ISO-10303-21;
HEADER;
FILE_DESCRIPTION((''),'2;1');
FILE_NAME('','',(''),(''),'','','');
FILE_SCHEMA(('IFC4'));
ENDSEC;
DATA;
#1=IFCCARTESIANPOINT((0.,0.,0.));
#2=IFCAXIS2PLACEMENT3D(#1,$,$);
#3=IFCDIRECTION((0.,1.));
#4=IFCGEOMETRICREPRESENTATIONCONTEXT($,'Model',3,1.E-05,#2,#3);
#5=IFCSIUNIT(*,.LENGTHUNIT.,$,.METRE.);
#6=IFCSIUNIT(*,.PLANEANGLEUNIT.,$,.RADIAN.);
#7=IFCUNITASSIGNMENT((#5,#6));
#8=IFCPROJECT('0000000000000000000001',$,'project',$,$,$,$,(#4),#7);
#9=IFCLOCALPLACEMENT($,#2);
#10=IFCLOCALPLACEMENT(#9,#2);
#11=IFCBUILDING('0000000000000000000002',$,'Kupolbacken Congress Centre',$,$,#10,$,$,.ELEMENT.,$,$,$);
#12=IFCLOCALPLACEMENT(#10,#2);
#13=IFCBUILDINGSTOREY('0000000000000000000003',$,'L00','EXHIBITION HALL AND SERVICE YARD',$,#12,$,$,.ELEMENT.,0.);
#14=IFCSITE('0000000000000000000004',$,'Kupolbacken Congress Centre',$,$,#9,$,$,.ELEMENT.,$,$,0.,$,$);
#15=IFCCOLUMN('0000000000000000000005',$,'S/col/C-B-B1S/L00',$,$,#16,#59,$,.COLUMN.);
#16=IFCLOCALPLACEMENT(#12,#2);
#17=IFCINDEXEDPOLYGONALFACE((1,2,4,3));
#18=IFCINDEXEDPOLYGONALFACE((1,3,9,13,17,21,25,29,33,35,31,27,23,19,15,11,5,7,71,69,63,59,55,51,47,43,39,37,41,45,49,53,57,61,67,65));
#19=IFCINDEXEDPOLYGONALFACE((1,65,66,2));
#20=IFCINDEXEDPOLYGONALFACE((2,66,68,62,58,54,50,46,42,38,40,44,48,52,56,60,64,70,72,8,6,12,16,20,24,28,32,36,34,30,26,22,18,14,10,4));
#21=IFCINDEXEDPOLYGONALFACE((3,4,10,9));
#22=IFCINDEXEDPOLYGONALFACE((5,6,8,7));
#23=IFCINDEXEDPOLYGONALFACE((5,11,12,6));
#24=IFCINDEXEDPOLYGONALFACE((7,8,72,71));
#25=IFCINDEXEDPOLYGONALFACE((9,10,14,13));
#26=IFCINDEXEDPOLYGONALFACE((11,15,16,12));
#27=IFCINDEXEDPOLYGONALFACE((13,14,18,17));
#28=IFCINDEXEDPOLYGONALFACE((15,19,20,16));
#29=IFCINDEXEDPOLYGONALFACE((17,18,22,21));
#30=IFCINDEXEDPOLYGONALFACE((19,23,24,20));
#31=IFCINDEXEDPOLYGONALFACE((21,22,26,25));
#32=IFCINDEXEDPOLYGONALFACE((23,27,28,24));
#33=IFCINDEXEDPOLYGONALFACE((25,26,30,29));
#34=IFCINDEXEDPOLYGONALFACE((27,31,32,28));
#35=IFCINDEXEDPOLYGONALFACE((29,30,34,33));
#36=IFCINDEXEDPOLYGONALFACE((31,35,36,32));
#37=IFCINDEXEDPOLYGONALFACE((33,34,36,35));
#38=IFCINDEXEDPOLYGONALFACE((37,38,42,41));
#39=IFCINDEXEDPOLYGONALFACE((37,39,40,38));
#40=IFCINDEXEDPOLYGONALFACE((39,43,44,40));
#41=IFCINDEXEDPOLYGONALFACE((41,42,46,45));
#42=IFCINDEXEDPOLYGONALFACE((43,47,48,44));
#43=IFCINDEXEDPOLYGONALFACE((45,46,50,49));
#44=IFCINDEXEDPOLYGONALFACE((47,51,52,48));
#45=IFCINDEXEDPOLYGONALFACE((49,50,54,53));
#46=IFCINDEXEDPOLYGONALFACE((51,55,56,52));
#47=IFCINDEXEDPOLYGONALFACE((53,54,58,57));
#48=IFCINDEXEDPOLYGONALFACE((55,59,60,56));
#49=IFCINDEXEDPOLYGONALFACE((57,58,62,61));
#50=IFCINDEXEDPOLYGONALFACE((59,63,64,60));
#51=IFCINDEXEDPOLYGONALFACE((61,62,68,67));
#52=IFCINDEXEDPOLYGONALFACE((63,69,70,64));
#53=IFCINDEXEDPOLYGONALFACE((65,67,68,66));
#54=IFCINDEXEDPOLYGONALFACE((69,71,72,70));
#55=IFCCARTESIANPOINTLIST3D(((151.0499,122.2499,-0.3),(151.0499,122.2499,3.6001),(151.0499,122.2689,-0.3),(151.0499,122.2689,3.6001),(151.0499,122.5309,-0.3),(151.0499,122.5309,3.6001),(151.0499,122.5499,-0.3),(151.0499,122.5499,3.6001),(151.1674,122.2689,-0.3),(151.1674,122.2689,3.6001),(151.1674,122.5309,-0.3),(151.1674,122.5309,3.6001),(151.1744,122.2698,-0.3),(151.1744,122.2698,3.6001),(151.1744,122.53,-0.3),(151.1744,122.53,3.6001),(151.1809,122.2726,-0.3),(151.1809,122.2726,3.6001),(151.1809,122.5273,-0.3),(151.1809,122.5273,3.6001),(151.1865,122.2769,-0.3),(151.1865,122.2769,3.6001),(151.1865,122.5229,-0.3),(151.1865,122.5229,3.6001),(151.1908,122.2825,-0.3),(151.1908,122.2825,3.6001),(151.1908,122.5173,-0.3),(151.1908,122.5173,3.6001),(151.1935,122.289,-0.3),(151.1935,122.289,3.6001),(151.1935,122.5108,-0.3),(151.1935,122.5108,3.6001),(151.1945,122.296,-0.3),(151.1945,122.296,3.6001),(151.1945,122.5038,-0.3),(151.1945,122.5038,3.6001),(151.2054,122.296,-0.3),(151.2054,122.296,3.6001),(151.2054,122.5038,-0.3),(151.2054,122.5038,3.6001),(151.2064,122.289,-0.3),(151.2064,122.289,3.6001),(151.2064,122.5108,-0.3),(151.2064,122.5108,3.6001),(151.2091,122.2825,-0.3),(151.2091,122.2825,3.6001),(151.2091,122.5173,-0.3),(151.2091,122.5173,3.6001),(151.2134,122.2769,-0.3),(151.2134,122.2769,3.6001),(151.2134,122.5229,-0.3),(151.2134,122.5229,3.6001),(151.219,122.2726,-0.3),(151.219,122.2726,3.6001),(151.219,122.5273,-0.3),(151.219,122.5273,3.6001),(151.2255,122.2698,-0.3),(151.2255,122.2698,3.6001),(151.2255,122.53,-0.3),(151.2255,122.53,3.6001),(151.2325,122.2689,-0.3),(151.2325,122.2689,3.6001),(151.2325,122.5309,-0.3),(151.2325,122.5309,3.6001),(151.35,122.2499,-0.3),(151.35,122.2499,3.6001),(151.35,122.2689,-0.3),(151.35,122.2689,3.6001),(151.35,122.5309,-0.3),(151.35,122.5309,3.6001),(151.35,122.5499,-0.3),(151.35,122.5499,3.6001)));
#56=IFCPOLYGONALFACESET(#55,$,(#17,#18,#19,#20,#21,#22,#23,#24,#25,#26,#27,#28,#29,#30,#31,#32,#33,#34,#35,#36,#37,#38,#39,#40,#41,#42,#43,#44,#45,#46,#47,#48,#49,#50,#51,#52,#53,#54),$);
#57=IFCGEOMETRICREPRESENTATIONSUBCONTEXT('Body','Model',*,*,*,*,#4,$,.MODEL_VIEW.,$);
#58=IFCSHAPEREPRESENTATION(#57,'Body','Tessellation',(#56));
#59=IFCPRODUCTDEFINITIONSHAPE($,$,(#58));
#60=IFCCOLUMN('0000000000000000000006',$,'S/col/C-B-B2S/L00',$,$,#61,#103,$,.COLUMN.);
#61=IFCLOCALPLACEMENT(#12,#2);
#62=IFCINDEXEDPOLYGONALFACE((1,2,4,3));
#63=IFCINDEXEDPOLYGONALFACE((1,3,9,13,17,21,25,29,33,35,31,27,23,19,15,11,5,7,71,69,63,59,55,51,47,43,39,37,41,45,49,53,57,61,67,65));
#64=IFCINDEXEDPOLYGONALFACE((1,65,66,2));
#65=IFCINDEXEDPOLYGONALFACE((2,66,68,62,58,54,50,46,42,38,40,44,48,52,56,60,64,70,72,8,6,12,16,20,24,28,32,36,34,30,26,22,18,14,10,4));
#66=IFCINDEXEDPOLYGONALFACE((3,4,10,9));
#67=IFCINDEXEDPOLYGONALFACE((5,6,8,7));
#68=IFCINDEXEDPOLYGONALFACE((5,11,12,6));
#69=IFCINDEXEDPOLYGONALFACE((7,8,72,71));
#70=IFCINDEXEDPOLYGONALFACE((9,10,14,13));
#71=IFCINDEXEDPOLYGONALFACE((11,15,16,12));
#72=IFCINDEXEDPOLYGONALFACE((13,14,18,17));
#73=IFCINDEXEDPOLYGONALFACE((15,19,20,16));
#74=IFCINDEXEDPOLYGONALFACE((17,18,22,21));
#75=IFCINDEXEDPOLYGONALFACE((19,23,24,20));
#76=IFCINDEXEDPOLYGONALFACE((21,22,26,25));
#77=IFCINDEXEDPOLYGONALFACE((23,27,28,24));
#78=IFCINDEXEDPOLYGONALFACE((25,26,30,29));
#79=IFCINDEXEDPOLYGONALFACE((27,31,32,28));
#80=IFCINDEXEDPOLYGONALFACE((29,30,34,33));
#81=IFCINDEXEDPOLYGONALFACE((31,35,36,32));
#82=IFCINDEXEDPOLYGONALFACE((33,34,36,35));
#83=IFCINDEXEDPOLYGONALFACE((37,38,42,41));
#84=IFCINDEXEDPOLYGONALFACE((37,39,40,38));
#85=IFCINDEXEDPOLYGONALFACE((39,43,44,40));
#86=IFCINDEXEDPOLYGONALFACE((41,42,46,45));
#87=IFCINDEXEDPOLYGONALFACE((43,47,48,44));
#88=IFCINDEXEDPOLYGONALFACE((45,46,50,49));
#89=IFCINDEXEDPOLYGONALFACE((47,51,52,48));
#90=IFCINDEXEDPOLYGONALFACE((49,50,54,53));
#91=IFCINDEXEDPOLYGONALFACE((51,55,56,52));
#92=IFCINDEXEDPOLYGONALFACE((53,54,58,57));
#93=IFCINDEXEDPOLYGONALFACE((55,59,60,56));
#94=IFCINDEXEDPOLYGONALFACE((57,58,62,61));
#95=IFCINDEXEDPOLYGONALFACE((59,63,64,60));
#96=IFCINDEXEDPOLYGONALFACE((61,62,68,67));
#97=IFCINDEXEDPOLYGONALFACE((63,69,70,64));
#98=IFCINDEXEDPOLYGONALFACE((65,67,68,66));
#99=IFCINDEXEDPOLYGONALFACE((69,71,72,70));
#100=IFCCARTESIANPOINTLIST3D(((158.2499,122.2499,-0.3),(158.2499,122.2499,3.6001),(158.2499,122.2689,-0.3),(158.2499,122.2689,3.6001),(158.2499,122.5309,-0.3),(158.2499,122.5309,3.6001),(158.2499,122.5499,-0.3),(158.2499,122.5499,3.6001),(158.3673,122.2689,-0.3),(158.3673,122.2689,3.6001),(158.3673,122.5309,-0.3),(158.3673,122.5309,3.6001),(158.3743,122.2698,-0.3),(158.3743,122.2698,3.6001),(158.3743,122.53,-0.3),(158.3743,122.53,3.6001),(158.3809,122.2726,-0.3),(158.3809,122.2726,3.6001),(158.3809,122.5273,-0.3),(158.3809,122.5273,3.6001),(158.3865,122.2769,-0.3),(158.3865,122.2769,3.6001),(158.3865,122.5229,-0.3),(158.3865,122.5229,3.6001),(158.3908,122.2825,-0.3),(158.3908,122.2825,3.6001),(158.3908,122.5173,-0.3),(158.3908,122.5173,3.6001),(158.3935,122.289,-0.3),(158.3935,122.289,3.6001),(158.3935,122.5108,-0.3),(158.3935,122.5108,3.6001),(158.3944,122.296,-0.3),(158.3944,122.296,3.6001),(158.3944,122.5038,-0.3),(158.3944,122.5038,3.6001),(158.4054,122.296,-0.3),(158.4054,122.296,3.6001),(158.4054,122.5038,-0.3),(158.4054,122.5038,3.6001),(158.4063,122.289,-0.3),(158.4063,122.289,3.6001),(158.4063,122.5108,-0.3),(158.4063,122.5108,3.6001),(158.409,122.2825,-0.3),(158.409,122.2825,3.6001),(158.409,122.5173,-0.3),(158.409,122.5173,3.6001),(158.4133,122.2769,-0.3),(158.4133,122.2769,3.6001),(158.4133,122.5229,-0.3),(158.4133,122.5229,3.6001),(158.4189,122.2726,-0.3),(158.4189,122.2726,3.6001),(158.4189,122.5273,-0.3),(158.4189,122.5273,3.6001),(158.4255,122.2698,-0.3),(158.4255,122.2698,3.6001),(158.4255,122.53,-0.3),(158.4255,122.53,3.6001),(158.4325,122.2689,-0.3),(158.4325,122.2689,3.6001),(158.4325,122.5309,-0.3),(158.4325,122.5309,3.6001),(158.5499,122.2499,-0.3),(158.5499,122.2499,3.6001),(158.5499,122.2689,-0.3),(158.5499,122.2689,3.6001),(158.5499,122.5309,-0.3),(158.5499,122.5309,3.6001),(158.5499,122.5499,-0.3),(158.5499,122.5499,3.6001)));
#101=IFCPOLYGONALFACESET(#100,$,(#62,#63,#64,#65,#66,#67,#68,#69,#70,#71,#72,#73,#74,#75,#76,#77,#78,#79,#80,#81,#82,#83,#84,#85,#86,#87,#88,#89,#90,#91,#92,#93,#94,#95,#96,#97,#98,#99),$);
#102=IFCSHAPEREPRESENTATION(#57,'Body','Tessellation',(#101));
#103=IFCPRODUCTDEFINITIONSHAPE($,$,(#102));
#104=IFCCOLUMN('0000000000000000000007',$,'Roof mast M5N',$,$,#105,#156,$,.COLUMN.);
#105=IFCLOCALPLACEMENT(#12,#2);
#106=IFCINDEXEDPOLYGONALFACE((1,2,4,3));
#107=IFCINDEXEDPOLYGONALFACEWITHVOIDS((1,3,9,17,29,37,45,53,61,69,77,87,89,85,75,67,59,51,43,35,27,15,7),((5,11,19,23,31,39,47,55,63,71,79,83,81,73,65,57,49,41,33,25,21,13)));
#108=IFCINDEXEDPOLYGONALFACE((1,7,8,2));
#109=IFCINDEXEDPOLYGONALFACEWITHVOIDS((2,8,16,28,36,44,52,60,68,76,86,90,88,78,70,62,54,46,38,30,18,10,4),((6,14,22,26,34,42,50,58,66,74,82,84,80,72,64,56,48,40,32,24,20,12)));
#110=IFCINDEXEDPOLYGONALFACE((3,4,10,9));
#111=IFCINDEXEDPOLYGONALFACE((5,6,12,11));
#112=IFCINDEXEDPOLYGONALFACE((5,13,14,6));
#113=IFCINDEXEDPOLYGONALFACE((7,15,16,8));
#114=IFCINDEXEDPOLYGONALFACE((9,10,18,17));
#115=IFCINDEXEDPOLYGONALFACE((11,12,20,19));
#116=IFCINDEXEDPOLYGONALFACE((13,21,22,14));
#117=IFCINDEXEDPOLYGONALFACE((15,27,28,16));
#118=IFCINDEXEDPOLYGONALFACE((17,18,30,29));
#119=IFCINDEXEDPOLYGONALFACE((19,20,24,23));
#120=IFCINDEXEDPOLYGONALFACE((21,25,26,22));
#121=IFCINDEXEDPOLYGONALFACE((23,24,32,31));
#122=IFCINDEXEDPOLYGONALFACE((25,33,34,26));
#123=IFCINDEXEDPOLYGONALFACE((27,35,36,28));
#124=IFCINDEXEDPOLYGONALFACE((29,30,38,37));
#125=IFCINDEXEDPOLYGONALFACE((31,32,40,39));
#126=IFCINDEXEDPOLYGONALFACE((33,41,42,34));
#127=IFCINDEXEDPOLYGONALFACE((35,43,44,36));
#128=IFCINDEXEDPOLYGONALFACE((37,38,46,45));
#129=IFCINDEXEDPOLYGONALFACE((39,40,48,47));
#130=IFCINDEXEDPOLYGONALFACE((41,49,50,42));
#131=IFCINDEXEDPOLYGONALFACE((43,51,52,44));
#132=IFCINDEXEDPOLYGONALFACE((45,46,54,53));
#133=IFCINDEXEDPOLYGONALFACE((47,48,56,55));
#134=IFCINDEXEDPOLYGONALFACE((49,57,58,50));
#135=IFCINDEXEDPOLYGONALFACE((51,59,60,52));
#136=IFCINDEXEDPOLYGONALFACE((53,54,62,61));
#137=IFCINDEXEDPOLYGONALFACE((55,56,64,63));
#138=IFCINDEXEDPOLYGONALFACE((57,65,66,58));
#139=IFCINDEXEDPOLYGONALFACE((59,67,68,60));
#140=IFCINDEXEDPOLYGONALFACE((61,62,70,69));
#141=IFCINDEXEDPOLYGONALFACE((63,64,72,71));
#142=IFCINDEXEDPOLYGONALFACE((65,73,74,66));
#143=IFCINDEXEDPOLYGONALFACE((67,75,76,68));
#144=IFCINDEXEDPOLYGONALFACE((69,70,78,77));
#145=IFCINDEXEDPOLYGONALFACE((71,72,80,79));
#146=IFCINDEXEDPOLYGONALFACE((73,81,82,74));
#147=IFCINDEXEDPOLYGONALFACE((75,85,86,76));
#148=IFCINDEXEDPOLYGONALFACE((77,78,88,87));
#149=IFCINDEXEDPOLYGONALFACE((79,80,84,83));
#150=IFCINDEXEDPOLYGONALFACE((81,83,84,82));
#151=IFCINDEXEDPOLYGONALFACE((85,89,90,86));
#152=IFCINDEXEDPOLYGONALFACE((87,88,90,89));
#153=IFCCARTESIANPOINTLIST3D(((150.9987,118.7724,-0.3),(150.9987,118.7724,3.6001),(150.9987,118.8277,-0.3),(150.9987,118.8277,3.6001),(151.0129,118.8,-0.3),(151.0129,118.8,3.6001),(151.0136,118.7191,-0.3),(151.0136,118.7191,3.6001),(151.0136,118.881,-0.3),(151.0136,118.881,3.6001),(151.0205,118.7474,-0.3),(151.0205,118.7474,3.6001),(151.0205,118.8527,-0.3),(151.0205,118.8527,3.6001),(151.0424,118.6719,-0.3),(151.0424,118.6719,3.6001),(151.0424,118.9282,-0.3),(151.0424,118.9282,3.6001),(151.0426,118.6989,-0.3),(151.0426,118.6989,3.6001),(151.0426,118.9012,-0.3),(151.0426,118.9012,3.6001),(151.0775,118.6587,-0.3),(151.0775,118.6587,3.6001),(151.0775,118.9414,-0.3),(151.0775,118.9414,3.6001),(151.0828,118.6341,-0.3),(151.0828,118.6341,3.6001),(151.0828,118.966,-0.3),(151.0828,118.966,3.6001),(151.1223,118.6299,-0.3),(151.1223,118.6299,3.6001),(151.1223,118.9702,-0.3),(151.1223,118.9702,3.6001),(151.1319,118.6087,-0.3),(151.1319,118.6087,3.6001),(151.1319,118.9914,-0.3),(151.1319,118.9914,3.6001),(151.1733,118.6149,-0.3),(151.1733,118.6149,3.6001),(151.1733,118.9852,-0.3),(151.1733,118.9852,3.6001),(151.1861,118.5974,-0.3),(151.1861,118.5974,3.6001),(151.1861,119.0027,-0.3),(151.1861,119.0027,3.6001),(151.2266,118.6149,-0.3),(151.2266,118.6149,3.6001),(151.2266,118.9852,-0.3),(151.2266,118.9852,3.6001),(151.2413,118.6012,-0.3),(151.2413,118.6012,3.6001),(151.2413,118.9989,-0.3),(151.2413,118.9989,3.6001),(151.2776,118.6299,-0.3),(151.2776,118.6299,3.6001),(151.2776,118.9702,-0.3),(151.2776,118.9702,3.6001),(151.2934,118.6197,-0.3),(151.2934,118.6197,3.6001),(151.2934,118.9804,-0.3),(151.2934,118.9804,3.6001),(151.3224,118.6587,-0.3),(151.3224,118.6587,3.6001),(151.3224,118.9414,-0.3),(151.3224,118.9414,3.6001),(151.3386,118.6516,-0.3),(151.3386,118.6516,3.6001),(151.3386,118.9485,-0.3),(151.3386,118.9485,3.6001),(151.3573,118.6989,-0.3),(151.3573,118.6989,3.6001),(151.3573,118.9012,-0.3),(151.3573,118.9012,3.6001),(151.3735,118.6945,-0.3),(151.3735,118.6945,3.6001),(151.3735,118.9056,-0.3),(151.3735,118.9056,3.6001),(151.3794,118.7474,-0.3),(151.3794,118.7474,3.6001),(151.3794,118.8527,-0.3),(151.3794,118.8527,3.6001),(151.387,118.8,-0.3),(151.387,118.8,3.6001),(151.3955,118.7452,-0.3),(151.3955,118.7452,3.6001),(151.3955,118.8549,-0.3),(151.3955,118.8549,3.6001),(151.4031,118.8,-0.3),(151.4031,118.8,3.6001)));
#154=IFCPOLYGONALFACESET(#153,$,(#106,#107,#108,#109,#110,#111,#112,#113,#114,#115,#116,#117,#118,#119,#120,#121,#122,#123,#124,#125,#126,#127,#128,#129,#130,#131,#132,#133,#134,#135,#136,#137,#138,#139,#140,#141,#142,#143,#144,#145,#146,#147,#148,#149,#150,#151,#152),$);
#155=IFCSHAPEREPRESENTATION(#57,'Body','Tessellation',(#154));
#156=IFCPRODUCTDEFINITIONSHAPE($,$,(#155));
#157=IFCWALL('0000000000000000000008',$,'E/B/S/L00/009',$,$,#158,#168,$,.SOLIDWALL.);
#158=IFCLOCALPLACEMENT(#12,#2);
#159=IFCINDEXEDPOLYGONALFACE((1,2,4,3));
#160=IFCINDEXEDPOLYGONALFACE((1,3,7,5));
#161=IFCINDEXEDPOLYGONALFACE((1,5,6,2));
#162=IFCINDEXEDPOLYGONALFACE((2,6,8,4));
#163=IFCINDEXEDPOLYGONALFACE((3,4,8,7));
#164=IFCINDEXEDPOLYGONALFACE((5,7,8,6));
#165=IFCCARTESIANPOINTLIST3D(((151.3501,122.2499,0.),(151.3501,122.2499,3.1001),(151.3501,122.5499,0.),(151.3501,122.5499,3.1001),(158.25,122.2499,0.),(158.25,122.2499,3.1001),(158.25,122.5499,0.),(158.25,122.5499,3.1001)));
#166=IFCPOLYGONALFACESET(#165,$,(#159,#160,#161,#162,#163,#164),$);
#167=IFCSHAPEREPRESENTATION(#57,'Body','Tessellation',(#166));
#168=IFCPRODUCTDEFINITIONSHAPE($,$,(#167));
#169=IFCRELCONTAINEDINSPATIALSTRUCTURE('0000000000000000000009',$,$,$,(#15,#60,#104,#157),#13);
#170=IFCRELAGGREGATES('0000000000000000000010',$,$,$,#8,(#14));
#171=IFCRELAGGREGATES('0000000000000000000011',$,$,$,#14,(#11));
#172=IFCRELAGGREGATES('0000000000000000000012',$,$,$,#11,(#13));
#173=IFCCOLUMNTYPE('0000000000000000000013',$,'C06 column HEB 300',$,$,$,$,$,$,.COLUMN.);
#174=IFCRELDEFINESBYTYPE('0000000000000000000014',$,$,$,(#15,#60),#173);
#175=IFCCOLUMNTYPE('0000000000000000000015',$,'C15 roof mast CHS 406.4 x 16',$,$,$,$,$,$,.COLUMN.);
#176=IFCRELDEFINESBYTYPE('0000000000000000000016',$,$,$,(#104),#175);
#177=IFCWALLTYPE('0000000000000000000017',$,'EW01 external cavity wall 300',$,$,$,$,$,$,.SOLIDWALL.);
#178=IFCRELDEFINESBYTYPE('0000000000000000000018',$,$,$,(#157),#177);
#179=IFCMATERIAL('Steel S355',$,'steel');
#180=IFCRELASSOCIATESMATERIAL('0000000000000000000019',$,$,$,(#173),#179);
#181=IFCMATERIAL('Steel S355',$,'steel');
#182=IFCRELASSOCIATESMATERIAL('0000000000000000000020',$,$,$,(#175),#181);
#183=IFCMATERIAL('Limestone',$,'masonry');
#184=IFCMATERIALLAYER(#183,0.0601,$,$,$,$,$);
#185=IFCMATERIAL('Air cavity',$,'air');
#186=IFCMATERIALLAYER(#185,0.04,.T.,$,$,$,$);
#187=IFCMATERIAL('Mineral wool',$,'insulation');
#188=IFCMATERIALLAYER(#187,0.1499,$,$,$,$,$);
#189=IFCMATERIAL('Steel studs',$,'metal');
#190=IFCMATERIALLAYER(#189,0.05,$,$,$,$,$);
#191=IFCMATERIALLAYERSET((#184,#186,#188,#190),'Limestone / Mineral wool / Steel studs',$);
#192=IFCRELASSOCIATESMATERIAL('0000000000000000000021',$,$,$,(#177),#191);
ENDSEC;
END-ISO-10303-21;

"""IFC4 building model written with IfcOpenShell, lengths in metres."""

from ifc_helpers import new_model, si_unit, direction, frame, frame_2d, origin, origin_2d, place, context, subcontext, project, spatial, rectangle, hollow_circle, i_section, extrude, material, layer, layer_set, material_profile, profile_set, type_object, element, save


model = new_model("IFC4")

# Units and contexts
model_context = context("Model", 3, precision=1e-05, world=origin(), true_north=direction((0.0, 1.0)))
body_context = subcontext(model_context, "Body", "Model", "MODEL_VIEW")
ifc_project = project(units=[si_unit("LENGTHUNIT", "METRE"), si_unit("PLANEANGLEUNIT", "RADIAN")], contexts=[model_context])

# Site, building, storey
site_placement = place(None, origin())
site = spatial("IfcSite", under=ifc_project, at=site_placement, Name="Kupolbacken Congress Centre", CompositionType="ELEMENT", RefElevation=0.0)
building_placement = place(site_placement, origin())
building = spatial("IfcBuilding", under=site, at=building_placement, Name="Kupolbacken Congress Centre", CompositionType="ELEMENT")
storey_placement = place(building_placement, origin())
storey = spatial("IfcBuildingStorey", under=building, at=storey_placement, Name="L00", Description="EXHIBITION HALL AND SERVICE YARD", CompositionType="ELEMENT", Elevation=0.0)

# Columns
ifc_material_1 = material(Name="Steel S355", Category="steel")
ifc_material_profile_1 = material_profile(ifc_material_1, i_section(OverallWidth=0.3, OverallDepth=0.3, WebThickness=0.011, FlangeThickness=0.019, FilletRadius=0.0271, at=origin_2d()), Name="HEB 300")
ifc_profile_set_1 = profile_set([ifc_material_profile_1], Name="Steel S355")
column_type_1 = type_object("IfcColumnType", Name="C06 column HEB 300", PredefinedType="COLUMN", material=ifc_profile_set_1)
for number, where, z_axis, x_axis, name in (
    (1, (151.2, 122.3999, -0.3), (0.0, 0.0, 1.0), (1.0, 0.0, 0.0), "S/col/C-B-B1S/L00"),
    (2, (158.3999, 122.3999, -0.3), (0.0, 0.0, 1.0), (1.0, 0.0, 0.0), "S/col/C-B-B2S/L00"),
):
    element("IfcColumn", number, at=place(storey_placement, frame(where, z_axis=z_axis, x_axis=x_axis)), inside=storey, type_object=column_type_1, Name=name, PredefinedType="COLUMN", context=body_context, shape_type="SweptSolid", body=[
        extrude(i_section(OverallWidth=0.3, OverallDepth=0.3, WebThickness=0.011, FlangeThickness=0.019, FilletRadius=0.0271, at=origin_2d()), origin(), (0.0, 0.0, 1.0), 3.9001),
    ])
ifc_material_2 = material(Name="Steel S355", Category="steel")
ifc_material_profile_2 = material_profile(ifc_material_2, hollow_circle(Radius=0.2031, WallThickness=0.0161, at=origin_2d()), Name="CHS 406.4 x 16")
ifc_profile_set_2 = profile_set([ifc_material_profile_2], Name="Steel S355")
column_type_2 = type_object("IfcColumnType", Name="C15 roof mast CHS 406.4 x 16", PredefinedType="COLUMN", material=ifc_profile_set_2)
column_placement = place(storey_placement, frame((151.2, 118.8, -0.3), z_axis=(0.0, 0.0, 1.0), x_axis=(1.0, 0.0, 0.0)))
element("IfcColumn", 3, at=column_placement, inside=storey, type_object=column_type_2, Name="Roof mast M5N", PredefinedType="COLUMN", context=body_context, shape_type="SweptSolid", body=[
    extrude(hollow_circle(Radius=0.2031, WallThickness=0.0161, at=origin_2d()), origin(), (0.0, 0.0, 1.0), 3.9001),
])

# Wall
ifc_material_3 = material(Name="Limestone", Category="masonry")
ifc_layer_1 = layer(ifc_material_3, 0.0601)
ifc_material_4 = material(Name="Air cavity", Category="air")
ifc_layer_2 = layer(ifc_material_4, 0.04, ventilated=True)
ifc_material_5 = material(Name="Mineral wool", Category="insulation")
ifc_layer_3 = layer(ifc_material_5, 0.1499)
ifc_material_6 = material(Name="Steel studs", Category="metal")
ifc_layer_4 = layer(ifc_material_6, 0.05)
ifc_layer_set_1 = layer_set([ifc_layer_1, ifc_layer_2, ifc_layer_3, ifc_layer_4], Name="Limestone / Mineral wool / Steel studs")
wall_type_1 = type_object("IfcWallType", Name="EW01 external cavity wall 300", PredefinedType="SOLIDWALL", material=ifc_layer_set_1)
wall_1_placement = place(storey_placement, frame((151.3501, 122.3999, 0.0), z_axis=(0.0, 0.0, 1.0), x_axis=(1.0, 0.0, 0.0)))
element("IfcWall", 4, at=wall_1_placement, inside=storey, type_object=wall_type_1, Name="E/B/S/L00/009", PredefinedType="SOLIDWALL", context=body_context, shape_type="SweptSolid", body=[
    extrude(rectangle(XDim=6.8999, YDim=0.3, at=frame_2d((3.45, 0.0))), origin(), (0.0, 0.0, 1.0), 3.1001),
])

save(model, "model.ifc")
